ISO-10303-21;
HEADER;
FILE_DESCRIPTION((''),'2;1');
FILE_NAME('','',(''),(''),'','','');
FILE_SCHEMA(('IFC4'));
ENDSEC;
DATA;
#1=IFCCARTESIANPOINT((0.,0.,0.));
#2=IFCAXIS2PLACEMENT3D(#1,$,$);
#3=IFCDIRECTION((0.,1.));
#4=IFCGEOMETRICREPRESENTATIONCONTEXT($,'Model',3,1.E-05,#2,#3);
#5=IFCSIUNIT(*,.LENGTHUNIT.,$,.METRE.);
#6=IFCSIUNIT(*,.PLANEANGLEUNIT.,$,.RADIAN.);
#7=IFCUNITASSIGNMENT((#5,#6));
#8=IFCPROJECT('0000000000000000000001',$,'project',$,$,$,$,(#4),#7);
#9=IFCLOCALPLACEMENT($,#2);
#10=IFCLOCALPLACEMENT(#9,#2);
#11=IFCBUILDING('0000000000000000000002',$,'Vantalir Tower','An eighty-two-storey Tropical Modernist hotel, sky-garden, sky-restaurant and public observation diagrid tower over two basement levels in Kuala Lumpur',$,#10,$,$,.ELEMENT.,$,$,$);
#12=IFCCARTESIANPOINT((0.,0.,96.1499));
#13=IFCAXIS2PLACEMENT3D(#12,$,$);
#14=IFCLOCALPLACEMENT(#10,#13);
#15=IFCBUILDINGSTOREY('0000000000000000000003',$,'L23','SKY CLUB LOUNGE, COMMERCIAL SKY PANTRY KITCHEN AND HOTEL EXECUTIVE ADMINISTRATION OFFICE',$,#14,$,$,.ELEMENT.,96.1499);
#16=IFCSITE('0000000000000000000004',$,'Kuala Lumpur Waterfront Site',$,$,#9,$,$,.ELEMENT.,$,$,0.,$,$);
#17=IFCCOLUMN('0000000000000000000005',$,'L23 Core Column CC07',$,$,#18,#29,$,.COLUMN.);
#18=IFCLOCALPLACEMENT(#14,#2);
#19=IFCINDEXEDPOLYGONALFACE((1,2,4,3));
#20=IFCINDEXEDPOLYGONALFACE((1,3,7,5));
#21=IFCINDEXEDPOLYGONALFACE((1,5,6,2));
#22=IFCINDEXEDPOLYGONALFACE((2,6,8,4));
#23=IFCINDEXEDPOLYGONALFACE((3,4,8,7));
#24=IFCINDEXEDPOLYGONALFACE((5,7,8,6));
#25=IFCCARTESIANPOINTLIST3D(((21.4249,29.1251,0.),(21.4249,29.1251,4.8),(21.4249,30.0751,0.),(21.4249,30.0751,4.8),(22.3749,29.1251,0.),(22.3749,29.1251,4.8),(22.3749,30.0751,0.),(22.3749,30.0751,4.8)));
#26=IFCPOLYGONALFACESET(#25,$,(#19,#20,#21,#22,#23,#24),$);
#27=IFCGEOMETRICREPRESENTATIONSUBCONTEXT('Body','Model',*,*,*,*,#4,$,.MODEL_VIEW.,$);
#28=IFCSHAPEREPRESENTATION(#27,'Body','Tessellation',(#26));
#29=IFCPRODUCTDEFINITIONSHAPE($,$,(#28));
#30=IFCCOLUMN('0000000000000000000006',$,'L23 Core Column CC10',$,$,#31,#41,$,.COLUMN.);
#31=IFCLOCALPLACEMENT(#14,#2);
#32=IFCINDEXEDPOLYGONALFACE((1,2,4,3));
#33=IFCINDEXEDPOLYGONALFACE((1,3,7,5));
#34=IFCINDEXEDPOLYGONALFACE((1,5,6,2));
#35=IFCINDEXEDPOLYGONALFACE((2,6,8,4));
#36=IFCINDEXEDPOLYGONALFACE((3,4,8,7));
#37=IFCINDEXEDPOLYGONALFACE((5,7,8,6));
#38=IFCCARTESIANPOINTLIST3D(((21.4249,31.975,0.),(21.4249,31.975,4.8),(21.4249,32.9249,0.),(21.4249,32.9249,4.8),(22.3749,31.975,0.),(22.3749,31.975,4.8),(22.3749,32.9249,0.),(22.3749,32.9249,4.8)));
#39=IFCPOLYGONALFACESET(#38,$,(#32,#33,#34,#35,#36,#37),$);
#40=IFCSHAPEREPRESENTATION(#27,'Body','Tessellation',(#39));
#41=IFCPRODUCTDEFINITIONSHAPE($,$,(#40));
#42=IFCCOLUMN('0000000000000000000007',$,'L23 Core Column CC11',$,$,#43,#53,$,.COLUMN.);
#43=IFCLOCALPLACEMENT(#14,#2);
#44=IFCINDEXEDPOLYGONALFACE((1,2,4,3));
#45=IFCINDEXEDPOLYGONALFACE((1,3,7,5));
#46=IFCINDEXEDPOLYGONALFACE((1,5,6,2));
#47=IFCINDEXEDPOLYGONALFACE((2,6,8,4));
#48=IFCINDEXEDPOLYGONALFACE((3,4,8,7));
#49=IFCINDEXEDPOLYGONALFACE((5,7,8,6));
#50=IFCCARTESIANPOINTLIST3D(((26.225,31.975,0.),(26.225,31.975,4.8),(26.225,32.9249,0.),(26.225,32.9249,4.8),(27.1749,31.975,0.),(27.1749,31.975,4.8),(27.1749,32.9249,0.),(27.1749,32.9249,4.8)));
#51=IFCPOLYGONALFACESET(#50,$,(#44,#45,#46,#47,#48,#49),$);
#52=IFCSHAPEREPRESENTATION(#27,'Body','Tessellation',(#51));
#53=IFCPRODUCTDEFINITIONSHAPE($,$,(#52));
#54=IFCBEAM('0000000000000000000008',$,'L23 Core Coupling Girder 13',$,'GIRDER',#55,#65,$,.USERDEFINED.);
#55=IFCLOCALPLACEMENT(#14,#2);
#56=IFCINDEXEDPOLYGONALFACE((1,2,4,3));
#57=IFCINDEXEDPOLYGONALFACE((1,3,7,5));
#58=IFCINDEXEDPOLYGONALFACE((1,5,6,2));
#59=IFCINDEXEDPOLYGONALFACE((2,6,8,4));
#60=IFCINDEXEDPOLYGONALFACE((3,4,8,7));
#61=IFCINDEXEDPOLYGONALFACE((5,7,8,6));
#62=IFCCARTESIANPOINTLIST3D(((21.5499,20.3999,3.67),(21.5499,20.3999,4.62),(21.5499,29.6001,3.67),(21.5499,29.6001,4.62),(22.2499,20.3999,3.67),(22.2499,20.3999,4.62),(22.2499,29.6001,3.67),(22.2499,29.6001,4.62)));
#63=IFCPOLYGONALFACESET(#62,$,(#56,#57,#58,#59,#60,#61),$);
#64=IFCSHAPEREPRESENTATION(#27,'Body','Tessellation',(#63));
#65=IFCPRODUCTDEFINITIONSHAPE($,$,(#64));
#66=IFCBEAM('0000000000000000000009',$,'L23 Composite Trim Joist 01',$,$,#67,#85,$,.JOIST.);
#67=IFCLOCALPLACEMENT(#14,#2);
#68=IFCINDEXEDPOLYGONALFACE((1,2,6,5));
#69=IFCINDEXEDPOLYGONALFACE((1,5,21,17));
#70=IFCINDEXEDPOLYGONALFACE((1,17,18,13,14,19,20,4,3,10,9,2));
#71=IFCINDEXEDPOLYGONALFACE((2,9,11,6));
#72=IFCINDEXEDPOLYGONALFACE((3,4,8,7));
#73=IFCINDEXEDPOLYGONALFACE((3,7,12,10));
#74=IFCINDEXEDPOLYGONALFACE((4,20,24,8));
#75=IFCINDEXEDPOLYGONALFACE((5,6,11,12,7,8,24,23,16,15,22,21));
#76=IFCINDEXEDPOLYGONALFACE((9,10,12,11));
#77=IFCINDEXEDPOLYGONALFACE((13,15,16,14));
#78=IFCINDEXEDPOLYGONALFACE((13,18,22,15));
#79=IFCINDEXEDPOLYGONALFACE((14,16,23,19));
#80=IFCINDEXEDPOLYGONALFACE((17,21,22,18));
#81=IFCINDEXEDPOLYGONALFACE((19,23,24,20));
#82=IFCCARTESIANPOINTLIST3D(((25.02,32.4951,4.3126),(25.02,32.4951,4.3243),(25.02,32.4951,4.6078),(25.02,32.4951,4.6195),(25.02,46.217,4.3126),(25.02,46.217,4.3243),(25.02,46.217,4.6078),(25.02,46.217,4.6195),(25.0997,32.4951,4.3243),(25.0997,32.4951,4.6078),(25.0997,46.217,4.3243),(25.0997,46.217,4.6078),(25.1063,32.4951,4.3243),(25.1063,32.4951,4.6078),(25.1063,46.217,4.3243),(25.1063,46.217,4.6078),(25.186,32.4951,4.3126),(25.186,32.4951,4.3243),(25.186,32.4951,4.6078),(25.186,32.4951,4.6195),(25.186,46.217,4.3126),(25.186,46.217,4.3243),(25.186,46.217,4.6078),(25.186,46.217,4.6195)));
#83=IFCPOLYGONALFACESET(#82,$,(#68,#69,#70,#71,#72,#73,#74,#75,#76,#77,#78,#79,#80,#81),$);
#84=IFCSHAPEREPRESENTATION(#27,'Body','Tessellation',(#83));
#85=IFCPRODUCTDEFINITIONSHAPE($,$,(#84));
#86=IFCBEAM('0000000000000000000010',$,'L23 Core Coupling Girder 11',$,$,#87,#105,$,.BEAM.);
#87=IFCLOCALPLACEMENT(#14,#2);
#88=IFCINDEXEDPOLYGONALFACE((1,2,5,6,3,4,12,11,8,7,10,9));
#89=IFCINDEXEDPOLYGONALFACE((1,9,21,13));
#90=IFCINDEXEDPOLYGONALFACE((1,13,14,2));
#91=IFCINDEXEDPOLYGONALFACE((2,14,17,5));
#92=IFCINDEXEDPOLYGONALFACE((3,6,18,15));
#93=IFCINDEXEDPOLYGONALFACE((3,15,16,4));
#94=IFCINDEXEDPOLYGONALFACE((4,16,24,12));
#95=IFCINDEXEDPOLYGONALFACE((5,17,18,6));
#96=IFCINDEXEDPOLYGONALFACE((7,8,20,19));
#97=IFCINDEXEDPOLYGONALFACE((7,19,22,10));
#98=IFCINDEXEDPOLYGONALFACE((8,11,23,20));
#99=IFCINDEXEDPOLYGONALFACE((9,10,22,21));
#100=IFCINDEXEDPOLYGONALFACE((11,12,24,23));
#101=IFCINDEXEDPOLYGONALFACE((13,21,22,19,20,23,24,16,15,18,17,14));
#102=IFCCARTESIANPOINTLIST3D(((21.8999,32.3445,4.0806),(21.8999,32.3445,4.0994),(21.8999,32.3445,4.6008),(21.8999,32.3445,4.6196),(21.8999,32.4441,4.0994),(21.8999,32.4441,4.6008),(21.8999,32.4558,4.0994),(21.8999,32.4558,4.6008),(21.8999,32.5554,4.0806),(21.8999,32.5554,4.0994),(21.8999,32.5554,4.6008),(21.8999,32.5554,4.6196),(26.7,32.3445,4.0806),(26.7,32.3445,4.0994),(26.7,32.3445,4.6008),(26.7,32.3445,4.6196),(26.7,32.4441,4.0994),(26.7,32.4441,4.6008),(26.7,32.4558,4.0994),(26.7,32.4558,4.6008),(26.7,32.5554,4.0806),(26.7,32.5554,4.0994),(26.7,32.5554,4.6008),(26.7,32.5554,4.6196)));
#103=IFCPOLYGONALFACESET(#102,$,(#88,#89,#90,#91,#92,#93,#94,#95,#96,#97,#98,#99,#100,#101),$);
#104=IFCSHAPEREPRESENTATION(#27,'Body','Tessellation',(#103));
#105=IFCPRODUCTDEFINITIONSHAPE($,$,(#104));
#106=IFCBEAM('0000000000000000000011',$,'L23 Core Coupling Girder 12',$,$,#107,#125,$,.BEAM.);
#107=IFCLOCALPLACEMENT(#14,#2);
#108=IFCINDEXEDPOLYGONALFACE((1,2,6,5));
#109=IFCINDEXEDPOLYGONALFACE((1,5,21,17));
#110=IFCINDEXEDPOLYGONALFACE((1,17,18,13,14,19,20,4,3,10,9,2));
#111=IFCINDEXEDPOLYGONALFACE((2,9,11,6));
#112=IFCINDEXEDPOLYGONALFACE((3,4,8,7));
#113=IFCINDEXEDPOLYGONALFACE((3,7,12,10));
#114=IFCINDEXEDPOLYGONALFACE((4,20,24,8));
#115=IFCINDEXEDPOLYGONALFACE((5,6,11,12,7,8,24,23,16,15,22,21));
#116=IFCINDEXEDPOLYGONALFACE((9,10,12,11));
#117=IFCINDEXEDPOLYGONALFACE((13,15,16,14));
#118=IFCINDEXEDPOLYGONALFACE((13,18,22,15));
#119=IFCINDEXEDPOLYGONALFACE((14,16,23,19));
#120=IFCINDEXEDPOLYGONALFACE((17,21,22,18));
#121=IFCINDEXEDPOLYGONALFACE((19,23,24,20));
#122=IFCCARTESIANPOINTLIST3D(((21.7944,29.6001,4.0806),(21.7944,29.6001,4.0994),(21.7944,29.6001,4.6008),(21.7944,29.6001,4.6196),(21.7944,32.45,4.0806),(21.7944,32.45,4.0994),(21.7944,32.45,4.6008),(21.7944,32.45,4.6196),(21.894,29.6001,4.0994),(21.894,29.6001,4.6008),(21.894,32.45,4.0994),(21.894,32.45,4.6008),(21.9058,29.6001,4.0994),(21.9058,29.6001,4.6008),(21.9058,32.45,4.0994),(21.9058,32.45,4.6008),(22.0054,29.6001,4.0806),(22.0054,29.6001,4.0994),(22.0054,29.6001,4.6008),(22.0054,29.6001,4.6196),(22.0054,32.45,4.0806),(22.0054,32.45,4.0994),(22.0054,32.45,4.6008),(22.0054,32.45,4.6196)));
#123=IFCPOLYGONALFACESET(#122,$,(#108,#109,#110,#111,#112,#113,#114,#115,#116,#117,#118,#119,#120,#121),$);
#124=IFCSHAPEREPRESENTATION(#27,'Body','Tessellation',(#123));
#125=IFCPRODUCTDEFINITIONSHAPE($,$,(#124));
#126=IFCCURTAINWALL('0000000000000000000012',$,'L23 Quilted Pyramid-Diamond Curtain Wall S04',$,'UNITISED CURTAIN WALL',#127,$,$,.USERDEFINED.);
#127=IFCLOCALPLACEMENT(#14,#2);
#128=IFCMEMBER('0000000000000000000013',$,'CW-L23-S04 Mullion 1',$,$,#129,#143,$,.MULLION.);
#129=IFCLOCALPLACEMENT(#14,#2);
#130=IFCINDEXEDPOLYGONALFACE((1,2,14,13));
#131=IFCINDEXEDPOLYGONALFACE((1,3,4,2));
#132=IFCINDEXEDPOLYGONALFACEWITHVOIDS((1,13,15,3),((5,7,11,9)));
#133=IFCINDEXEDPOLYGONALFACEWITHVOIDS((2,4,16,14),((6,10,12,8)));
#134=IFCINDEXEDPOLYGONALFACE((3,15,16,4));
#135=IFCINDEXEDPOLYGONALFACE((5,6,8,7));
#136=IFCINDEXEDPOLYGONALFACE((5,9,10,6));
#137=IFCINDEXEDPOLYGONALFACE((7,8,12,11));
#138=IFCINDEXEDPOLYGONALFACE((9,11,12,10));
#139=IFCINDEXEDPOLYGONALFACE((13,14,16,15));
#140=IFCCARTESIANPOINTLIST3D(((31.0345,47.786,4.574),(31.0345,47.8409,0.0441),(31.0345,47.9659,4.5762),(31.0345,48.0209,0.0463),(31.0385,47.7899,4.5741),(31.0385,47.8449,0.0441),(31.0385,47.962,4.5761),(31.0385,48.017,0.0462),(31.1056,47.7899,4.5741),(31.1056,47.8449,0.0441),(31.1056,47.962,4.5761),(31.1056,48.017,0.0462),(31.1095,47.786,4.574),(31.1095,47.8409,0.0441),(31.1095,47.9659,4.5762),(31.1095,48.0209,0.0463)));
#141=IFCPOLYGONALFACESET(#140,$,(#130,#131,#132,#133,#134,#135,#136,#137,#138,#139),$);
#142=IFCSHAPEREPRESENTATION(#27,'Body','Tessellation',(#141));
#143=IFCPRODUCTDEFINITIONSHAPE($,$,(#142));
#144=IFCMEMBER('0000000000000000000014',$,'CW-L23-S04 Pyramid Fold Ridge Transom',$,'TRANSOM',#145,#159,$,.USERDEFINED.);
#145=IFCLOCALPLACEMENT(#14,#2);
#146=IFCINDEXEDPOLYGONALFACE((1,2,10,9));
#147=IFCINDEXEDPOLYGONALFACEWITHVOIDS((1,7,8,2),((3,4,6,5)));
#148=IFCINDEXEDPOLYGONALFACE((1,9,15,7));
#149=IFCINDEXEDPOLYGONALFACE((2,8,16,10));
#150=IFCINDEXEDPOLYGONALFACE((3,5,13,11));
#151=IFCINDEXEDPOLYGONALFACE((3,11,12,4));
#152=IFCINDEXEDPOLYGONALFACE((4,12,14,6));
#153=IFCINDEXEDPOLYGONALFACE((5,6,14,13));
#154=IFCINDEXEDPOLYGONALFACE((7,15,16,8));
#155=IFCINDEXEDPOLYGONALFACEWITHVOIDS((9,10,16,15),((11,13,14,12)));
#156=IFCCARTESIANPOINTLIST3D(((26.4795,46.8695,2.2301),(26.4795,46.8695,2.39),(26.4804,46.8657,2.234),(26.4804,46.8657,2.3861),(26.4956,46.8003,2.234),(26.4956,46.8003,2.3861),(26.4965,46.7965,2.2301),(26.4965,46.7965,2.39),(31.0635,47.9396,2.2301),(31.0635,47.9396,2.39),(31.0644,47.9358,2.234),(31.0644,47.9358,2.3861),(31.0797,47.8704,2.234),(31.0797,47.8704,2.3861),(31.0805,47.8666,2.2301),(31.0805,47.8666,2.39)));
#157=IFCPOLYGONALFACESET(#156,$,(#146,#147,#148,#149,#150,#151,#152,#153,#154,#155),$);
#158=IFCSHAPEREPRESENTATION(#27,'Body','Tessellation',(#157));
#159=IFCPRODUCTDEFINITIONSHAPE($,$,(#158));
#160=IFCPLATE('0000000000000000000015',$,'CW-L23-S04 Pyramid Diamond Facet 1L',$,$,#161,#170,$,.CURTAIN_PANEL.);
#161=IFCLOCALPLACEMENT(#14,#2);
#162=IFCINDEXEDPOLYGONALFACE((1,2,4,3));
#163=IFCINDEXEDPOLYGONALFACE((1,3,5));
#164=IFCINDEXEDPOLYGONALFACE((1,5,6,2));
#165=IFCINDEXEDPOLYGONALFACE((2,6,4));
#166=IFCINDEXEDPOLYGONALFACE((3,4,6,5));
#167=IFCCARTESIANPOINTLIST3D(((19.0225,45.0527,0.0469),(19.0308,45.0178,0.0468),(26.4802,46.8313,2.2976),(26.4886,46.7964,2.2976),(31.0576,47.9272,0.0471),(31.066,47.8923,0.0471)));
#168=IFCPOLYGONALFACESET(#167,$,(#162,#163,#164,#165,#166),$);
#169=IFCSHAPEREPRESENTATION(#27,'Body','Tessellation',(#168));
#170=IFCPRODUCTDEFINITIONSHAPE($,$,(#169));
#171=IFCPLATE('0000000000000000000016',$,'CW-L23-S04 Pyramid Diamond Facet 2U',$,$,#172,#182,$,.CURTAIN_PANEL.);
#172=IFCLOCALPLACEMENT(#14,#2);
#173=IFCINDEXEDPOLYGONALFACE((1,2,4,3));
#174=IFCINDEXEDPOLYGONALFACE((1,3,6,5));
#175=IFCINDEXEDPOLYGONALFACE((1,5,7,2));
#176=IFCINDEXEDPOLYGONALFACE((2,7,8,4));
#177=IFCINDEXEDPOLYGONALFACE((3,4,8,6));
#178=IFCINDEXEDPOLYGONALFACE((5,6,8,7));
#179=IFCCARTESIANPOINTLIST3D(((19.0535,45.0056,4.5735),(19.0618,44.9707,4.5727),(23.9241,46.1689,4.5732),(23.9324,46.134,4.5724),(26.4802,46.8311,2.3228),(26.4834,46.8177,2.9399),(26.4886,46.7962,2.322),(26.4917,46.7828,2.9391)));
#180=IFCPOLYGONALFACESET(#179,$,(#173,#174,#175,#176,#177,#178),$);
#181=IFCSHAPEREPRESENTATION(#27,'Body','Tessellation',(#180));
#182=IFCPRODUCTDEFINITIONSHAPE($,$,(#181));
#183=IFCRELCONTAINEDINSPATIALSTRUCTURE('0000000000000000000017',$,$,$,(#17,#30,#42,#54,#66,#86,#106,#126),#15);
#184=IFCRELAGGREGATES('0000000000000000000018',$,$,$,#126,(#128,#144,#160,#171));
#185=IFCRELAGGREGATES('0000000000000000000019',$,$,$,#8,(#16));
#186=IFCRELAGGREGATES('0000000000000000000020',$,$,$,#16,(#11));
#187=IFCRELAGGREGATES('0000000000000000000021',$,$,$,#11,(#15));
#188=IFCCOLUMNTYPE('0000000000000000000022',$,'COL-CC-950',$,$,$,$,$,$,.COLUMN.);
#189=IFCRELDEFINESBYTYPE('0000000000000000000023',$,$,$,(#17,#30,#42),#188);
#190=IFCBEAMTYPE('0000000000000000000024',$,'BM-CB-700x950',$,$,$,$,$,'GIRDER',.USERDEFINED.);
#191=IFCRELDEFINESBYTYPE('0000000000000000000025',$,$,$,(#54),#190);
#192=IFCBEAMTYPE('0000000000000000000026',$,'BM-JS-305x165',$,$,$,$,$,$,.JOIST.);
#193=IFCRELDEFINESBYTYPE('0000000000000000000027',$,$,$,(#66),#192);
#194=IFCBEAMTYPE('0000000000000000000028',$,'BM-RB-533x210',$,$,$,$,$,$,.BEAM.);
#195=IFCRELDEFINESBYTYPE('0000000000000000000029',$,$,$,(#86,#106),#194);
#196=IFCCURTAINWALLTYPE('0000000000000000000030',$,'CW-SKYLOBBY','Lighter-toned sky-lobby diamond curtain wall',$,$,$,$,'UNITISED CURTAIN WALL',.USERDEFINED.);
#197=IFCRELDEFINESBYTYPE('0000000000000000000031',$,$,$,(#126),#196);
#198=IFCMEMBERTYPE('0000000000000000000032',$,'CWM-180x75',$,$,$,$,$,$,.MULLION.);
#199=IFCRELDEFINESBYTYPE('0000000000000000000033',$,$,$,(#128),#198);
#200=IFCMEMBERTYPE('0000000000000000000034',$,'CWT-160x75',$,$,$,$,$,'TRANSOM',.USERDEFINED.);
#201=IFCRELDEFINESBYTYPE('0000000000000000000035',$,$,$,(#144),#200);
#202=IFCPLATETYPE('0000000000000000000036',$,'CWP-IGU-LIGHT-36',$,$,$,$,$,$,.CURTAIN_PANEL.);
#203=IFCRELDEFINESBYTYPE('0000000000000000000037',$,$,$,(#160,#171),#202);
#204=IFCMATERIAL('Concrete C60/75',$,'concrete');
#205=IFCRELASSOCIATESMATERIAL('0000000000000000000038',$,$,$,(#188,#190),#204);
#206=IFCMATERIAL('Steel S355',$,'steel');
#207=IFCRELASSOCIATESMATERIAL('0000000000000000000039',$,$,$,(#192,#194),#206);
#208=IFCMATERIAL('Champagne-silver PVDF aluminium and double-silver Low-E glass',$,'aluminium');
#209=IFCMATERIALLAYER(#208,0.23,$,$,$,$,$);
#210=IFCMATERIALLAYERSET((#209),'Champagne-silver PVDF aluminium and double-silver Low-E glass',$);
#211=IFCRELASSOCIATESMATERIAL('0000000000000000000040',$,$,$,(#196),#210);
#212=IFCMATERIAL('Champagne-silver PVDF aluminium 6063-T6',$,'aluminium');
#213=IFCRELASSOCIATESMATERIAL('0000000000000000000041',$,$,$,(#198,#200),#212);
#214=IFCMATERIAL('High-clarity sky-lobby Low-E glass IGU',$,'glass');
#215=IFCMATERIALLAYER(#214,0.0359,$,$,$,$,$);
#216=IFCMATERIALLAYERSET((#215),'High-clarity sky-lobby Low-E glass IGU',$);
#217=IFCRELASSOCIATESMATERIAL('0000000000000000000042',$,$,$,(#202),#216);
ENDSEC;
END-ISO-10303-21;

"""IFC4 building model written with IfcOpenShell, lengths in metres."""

from ifc_helpers import new_model, si_unit, direction, frame, origin, origin_2d, place, context, subcontext, project, spatial, polyline, rectangle, hollow_rectangle, i_section, outline, extrude, material, layer, layer_set, material_profile, profile_set, type_object, element, aggregate, save


model = new_model("IFC4")

# Units and contexts
model_context = context("Model", 3, precision=1e-05, world=origin(), true_north=direction((0.0, 1.0)))
body_context = subcontext(model_context, "Body", "Model", "MODEL_VIEW")
ifc_project = project(units=[si_unit("LENGTHUNIT", "METRE"), si_unit("PLANEANGLEUNIT", "RADIAN")], contexts=[model_context])

# Site, building, storey
site_placement = place(None, origin())
site = spatial("IfcSite", under=ifc_project, at=site_placement, Name="Kuala Lumpur Waterfront Site", CompositionType="ELEMENT", RefElevation=0.0)
building_placement = place(site_placement, origin())
building = spatial("IfcBuilding", under=site, at=building_placement, Name="Vantalir Tower", Description="An eighty-two-storey Tropical Modernist hotel, sky-garden, sky-restaurant and public observation diagrid tower over two basement levels in Kuala Lumpur", CompositionType="ELEMENT")
storey_placement = place(building_placement, frame((0.0, 0.0, 96.1499)))
storey = spatial("IfcBuildingStorey", under=building, at=storey_placement, Name="L23", Description="SKY CLUB LOUNGE, COMMERCIAL SKY PANTRY KITCHEN AND HOTEL EXECUTIVE ADMINISTRATION OFFICE", CompositionType="ELEMENT", Elevation=96.1499)

# Columns
ifc_material_1 = material(Name="Concrete C60/75", Category="concrete")
ifc_material_profile_1 = material_profile(ifc_material_1, rectangle(XDim=0.95, YDim=0.95, at=origin_2d()), Name="Concrete C60/75")
ifc_profile_set_1 = profile_set([ifc_material_profile_1], Name="Concrete C60/75")
column_type = type_object("IfcColumnType", Name="COL-CC-950", PredefinedType="COLUMN", material=ifc_profile_set_1)
for number, where, z_axis, x_axis, name in (
    (1, (21.8999, 29.6001, 0.0), (0.0, 0.0, 1.0), (1.0, 0.0, 0.0), "L23 Core Column CC07"),
    (2, (21.8999, 32.45, 0.0), (0.0, 0.0, 1.0), (1.0, 0.0, 0.0), "L23 Core Column CC10"),
    (3, (26.7, 32.45, 0.0), (0.0, 0.0, 1.0), (1.0, 0.0, 0.0), "L23 Core Column CC11"),
):
    element("IfcColumn", number, at=place(storey_placement, frame(where, z_axis=z_axis, x_axis=x_axis)), inside=storey, type_object=column_type, Name=name, PredefinedType="COLUMN", context=body_context, shape_type="SweptSolid", body=[
        extrude(rectangle(XDim=0.95, YDim=0.95, at=origin_2d()), origin(), (0.0, 0.0, 1.0), 4.8),
    ])

# Beams
ifc_material_profile_2 = material_profile(ifc_material_1, rectangle(XDim=0.7, YDim=0.95, at=origin_2d()), Name="Concrete C60/75")
ifc_profile_set_2 = profile_set([ifc_material_profile_2], Name="Concrete C60/75")
beam_type_1 = type_object("IfcBeamType", Name="BM-CB-700x950", ElementType="GIRDER", PredefinedType="USERDEFINED", material=ifc_profile_set_2)
beam_1_placement = place(storey_placement, frame((21.8999, 29.6001, 4.145), z_axis=(0.0, -1.0, 0.0), x_axis=(1.0, 0.0, 0.0)))
element("IfcBeam", 4, at=beam_1_placement, inside=storey, type_object=beam_type_1, Name="L23 Core Coupling Girder 13", ObjectType="GIRDER", PredefinedType="USERDEFINED", context=body_context, shape_type="SweptSolid", body=[
    extrude(rectangle(XDim=0.7, YDim=0.95, at=origin_2d()), origin(), (0.0, 0.0, 1.0), 9.2002),
])
ifc_material_2 = material(Name="Steel S355", Category="steel")
ifc_material_profile_3 = material_profile(ifc_material_2, i_section(OverallWidth=0.166, OverallDepth=0.3069, WebThickness=0.0066, FlangeThickness=0.0117, at=origin_2d()), Name="Steel S355")
ifc_profile_set_3 = profile_set([ifc_material_profile_3], Name="Steel S355")
beam_type_2 = type_object("IfcBeamType", Name="BM-JS-305x165", PredefinedType="JOIST", material=ifc_profile_set_3)
beam_2_placement = place(storey_placement, frame((25.103, 46.217, 4.4661), z_axis=(0.0, -1.0, 0.0), x_axis=(1.0, 0.0, 0.0)))
element("IfcBeam", 5, at=beam_2_placement, inside=storey, type_object=beam_type_2, Name="L23 Composite Trim Joist 01", PredefinedType="JOIST", context=body_context, shape_type="SweptSolid", body=[
    extrude(i_section(OverallWidth=0.166, OverallDepth=0.3069, WebThickness=0.0066, FlangeThickness=0.0117, at=origin_2d()), origin(), (0.0, 0.0, 1.0), 13.7219),
])
ifc_material_profile_4 = material_profile(ifc_material_2, i_section(OverallWidth=0.2109, OverallDepth=0.5391, WebThickness=0.0117, FlangeThickness=0.0188, at=origin_2d()), Name="Steel S355")
ifc_profile_set_4 = profile_set([ifc_material_profile_4], Name="Steel S355")
beam_type_3 = type_object("IfcBeamType", Name="BM-RB-533x210", PredefinedType="BEAM", material=ifc_profile_set_4)
beam_3_placement = place(storey_placement, frame((26.7, 32.45, 4.3501), z_axis=(-1.0, 0.0, 0.0), x_axis=(0.0, -1.0, 0.0)))
element("IfcBeam", 6, at=beam_3_placement, inside=storey, type_object=beam_type_3, Name="L23 Core Coupling Girder 11", PredefinedType="BEAM", context=body_context, shape_type="SweptSolid", body=[
    extrude(i_section(OverallWidth=0.2109, OverallDepth=0.5391, WebThickness=0.0117, FlangeThickness=0.0188, at=origin_2d()), origin(), (0.0, 0.0, 1.0), 4.8),
])
beam_4_placement = place(storey_placement, frame((21.8999, 32.45, 4.3501), z_axis=(0.0, -1.0, 0.0), x_axis=(1.0, 0.0, 0.0)))
element("IfcBeam", 7, at=beam_4_placement, inside=storey, type_object=beam_type_3, Name="L23 Core Coupling Girder 12", PredefinedType="BEAM", context=body_context, shape_type="SweptSolid", body=[
    extrude(i_section(OverallWidth=0.2109, OverallDepth=0.5391, WebThickness=0.0117, FlangeThickness=0.0188, at=origin_2d()), origin(), (0.0, 0.0, 1.0), 2.8499),
])

# Curtain wall, members, plates
ifc_material_3 = material(Name="Champagne-silver PVDF aluminium and double-silver Low-E glass", Category="aluminium")
ifc_layer_1 = layer(ifc_material_3, 0.23)
ifc_layer_set_1 = layer_set([ifc_layer_1], Name="Champagne-silver PVDF aluminium and double-silver Low-E glass")
curtain_wall_type = type_object("IfcCurtainWallType", Name="CW-SKYLOBBY", Description="Lighter-toned sky-lobby diamond curtain wall", ElementType="UNITISED CURTAIN WALL", PredefinedType="USERDEFINED", material=ifc_layer_set_1)
curtain_wall_placement = place(storey_placement, origin())
curtain_wall = element("IfcCurtainWall", 8, at=curtain_wall_placement, inside=storey, type_object=curtain_wall_type, Name="L23 Quilted Pyramid-Diamond Curtain Wall S04", ObjectType="UNITISED CURTAIN WALL", PredefinedType="USERDEFINED")
ifc_material_4 = material(Name="Champagne-silver PVDF aluminium 6063-T6", Category="aluminium")
ifc_material_profile_5 = material_profile(ifc_material_4, hollow_rectangle(XDim=0.075, YDim=0.1799, WallThickness=0.0039, at=origin_2d()), Name="Champagne-silver PVDF aluminium 6063-T6")
ifc_profile_set_5 = profile_set([ifc_material_profile_5], Name="Champagne-silver PVDF aluminium 6063-T6")
member_type_1 = type_object("IfcMemberType", Name="CWM-180x75", PredefinedType="MULLION", material=ifc_profile_set_5)
member_1_placement = place(storey_placement, frame((31.072, 47.9309, 0.0452), z_axis=(0.0, -0.012125, 0.999926), x_axis=(1.0, 0.0, 0.0)))
member_1 = element("IfcMember", 9, at=member_1_placement, type_object=member_type_1, Name="CW-L23-S04 Mullion 1", PredefinedType="MULLION", context=body_context, shape_type="SweptSolid", body=[
    extrude(hollow_rectangle(XDim=0.075, YDim=0.1799, WallThickness=0.0039, at=origin_2d()), origin(), (0.0, 0.0, 1.0), 4.5303),
])
ifc_material_profile_6 = material_profile(ifc_material_4, hollow_rectangle(XDim=0.075, YDim=0.1599, WallThickness=0.0039, at=origin_2d()), Name="Champagne-silver PVDF aluminium 6063-T6")
ifc_profile_set_6 = profile_set([ifc_material_profile_6], Name="Champagne-silver PVDF aluminium 6063-T6")
member_type_2 = type_object("IfcMemberType", Name="CWT-160x75", ElementType="TRANSOM", PredefinedType="USERDEFINED", material=ifc_profile_set_6)
member_2_placement = place(storey_placement, frame((31.072, 47.9031, 2.3101), z_axis=(-0.973819, -0.227325, 0.0), x_axis=(0.227325, -0.973819, 0.0)))
member_2 = element("IfcMember", 10, at=member_2_placement, type_object=member_type_2, Name="CW-L23-S04 Pyramid Fold Ridge Transom", ObjectType="TRANSOM", PredefinedType="USERDEFINED", context=body_context, shape_type="SweptSolid", body=[
    extrude(hollow_rectangle(XDim=0.075, YDim=0.1599, WallThickness=0.0039, at=origin_2d()), origin(), (0.0, 0.0, 1.0), 4.7073),
])
ifc_material_5 = material(Name="High-clarity sky-lobby Low-E glass IGU", Category="glass")
ifc_layer_2 = layer(ifc_material_5, 0.0359)
ifc_layer_set_2 = layer_set([ifc_layer_2], Name="High-clarity sky-lobby Low-E glass IGU")
plate_type_1 = type_object("IfcPlateType", Name="CWP-IGU-LIGHT-36", PredefinedType="CURTAIN_PANEL", material=ifc_layer_set_2)
plate_1_placement = place(storey_placement, frame((31.0576, 47.9272, 0.0471), z_axis=(-0.232309, 0.972641, 0.001154), x_axis=(-0.972642, -0.232309, -0.00002)))
plate_1 = element("IfcPlate", 11, at=plate_1_placement, type_object=plate_type_1, Name="CW-L23-S04 Pyramid Diamond Facet 1L", PredefinedType="CURTAIN_PANEL", context=body_context, shape_type="SweptSolid", body=[
    extrude(outline(polyline([(0.0, 0.0), (12.3737, 0.0), (4.7067, 2.2506), (0.0, 0.0)])), origin(), (0.0, 0.0, -1.0), 0.0359),
])
plate_2_placement = place(storey_placement, frame((23.9241, 46.1689, 4.5732), z_axis=(-0.232247, 0.972401, 0.022296), x_axis=(-0.972643, -0.232306, 0.000049)))
plate_2 = element("IfcPlate", 12, at=plate_2_placement, type_object=plate_type_1, Name="CW-L23-S04 Pyramid Diamond Facet 2U", PredefinedType="CURTAIN_PANEL", context=body_context, shape_type="SweptSolid", body=[
    extrude(outline(polyline([(0.0, 0.0), (5.0076, 0.0), (-2.6401, -2.2509), (-2.6401, -1.6336), (0.0, 0.0)])), origin(), (0.0, 0.0, -1.0), 0.0359),
])
aggregate(curtain_wall, [member_1, member_2, plate_1, plate_2])

save(model, "model.ifc")
